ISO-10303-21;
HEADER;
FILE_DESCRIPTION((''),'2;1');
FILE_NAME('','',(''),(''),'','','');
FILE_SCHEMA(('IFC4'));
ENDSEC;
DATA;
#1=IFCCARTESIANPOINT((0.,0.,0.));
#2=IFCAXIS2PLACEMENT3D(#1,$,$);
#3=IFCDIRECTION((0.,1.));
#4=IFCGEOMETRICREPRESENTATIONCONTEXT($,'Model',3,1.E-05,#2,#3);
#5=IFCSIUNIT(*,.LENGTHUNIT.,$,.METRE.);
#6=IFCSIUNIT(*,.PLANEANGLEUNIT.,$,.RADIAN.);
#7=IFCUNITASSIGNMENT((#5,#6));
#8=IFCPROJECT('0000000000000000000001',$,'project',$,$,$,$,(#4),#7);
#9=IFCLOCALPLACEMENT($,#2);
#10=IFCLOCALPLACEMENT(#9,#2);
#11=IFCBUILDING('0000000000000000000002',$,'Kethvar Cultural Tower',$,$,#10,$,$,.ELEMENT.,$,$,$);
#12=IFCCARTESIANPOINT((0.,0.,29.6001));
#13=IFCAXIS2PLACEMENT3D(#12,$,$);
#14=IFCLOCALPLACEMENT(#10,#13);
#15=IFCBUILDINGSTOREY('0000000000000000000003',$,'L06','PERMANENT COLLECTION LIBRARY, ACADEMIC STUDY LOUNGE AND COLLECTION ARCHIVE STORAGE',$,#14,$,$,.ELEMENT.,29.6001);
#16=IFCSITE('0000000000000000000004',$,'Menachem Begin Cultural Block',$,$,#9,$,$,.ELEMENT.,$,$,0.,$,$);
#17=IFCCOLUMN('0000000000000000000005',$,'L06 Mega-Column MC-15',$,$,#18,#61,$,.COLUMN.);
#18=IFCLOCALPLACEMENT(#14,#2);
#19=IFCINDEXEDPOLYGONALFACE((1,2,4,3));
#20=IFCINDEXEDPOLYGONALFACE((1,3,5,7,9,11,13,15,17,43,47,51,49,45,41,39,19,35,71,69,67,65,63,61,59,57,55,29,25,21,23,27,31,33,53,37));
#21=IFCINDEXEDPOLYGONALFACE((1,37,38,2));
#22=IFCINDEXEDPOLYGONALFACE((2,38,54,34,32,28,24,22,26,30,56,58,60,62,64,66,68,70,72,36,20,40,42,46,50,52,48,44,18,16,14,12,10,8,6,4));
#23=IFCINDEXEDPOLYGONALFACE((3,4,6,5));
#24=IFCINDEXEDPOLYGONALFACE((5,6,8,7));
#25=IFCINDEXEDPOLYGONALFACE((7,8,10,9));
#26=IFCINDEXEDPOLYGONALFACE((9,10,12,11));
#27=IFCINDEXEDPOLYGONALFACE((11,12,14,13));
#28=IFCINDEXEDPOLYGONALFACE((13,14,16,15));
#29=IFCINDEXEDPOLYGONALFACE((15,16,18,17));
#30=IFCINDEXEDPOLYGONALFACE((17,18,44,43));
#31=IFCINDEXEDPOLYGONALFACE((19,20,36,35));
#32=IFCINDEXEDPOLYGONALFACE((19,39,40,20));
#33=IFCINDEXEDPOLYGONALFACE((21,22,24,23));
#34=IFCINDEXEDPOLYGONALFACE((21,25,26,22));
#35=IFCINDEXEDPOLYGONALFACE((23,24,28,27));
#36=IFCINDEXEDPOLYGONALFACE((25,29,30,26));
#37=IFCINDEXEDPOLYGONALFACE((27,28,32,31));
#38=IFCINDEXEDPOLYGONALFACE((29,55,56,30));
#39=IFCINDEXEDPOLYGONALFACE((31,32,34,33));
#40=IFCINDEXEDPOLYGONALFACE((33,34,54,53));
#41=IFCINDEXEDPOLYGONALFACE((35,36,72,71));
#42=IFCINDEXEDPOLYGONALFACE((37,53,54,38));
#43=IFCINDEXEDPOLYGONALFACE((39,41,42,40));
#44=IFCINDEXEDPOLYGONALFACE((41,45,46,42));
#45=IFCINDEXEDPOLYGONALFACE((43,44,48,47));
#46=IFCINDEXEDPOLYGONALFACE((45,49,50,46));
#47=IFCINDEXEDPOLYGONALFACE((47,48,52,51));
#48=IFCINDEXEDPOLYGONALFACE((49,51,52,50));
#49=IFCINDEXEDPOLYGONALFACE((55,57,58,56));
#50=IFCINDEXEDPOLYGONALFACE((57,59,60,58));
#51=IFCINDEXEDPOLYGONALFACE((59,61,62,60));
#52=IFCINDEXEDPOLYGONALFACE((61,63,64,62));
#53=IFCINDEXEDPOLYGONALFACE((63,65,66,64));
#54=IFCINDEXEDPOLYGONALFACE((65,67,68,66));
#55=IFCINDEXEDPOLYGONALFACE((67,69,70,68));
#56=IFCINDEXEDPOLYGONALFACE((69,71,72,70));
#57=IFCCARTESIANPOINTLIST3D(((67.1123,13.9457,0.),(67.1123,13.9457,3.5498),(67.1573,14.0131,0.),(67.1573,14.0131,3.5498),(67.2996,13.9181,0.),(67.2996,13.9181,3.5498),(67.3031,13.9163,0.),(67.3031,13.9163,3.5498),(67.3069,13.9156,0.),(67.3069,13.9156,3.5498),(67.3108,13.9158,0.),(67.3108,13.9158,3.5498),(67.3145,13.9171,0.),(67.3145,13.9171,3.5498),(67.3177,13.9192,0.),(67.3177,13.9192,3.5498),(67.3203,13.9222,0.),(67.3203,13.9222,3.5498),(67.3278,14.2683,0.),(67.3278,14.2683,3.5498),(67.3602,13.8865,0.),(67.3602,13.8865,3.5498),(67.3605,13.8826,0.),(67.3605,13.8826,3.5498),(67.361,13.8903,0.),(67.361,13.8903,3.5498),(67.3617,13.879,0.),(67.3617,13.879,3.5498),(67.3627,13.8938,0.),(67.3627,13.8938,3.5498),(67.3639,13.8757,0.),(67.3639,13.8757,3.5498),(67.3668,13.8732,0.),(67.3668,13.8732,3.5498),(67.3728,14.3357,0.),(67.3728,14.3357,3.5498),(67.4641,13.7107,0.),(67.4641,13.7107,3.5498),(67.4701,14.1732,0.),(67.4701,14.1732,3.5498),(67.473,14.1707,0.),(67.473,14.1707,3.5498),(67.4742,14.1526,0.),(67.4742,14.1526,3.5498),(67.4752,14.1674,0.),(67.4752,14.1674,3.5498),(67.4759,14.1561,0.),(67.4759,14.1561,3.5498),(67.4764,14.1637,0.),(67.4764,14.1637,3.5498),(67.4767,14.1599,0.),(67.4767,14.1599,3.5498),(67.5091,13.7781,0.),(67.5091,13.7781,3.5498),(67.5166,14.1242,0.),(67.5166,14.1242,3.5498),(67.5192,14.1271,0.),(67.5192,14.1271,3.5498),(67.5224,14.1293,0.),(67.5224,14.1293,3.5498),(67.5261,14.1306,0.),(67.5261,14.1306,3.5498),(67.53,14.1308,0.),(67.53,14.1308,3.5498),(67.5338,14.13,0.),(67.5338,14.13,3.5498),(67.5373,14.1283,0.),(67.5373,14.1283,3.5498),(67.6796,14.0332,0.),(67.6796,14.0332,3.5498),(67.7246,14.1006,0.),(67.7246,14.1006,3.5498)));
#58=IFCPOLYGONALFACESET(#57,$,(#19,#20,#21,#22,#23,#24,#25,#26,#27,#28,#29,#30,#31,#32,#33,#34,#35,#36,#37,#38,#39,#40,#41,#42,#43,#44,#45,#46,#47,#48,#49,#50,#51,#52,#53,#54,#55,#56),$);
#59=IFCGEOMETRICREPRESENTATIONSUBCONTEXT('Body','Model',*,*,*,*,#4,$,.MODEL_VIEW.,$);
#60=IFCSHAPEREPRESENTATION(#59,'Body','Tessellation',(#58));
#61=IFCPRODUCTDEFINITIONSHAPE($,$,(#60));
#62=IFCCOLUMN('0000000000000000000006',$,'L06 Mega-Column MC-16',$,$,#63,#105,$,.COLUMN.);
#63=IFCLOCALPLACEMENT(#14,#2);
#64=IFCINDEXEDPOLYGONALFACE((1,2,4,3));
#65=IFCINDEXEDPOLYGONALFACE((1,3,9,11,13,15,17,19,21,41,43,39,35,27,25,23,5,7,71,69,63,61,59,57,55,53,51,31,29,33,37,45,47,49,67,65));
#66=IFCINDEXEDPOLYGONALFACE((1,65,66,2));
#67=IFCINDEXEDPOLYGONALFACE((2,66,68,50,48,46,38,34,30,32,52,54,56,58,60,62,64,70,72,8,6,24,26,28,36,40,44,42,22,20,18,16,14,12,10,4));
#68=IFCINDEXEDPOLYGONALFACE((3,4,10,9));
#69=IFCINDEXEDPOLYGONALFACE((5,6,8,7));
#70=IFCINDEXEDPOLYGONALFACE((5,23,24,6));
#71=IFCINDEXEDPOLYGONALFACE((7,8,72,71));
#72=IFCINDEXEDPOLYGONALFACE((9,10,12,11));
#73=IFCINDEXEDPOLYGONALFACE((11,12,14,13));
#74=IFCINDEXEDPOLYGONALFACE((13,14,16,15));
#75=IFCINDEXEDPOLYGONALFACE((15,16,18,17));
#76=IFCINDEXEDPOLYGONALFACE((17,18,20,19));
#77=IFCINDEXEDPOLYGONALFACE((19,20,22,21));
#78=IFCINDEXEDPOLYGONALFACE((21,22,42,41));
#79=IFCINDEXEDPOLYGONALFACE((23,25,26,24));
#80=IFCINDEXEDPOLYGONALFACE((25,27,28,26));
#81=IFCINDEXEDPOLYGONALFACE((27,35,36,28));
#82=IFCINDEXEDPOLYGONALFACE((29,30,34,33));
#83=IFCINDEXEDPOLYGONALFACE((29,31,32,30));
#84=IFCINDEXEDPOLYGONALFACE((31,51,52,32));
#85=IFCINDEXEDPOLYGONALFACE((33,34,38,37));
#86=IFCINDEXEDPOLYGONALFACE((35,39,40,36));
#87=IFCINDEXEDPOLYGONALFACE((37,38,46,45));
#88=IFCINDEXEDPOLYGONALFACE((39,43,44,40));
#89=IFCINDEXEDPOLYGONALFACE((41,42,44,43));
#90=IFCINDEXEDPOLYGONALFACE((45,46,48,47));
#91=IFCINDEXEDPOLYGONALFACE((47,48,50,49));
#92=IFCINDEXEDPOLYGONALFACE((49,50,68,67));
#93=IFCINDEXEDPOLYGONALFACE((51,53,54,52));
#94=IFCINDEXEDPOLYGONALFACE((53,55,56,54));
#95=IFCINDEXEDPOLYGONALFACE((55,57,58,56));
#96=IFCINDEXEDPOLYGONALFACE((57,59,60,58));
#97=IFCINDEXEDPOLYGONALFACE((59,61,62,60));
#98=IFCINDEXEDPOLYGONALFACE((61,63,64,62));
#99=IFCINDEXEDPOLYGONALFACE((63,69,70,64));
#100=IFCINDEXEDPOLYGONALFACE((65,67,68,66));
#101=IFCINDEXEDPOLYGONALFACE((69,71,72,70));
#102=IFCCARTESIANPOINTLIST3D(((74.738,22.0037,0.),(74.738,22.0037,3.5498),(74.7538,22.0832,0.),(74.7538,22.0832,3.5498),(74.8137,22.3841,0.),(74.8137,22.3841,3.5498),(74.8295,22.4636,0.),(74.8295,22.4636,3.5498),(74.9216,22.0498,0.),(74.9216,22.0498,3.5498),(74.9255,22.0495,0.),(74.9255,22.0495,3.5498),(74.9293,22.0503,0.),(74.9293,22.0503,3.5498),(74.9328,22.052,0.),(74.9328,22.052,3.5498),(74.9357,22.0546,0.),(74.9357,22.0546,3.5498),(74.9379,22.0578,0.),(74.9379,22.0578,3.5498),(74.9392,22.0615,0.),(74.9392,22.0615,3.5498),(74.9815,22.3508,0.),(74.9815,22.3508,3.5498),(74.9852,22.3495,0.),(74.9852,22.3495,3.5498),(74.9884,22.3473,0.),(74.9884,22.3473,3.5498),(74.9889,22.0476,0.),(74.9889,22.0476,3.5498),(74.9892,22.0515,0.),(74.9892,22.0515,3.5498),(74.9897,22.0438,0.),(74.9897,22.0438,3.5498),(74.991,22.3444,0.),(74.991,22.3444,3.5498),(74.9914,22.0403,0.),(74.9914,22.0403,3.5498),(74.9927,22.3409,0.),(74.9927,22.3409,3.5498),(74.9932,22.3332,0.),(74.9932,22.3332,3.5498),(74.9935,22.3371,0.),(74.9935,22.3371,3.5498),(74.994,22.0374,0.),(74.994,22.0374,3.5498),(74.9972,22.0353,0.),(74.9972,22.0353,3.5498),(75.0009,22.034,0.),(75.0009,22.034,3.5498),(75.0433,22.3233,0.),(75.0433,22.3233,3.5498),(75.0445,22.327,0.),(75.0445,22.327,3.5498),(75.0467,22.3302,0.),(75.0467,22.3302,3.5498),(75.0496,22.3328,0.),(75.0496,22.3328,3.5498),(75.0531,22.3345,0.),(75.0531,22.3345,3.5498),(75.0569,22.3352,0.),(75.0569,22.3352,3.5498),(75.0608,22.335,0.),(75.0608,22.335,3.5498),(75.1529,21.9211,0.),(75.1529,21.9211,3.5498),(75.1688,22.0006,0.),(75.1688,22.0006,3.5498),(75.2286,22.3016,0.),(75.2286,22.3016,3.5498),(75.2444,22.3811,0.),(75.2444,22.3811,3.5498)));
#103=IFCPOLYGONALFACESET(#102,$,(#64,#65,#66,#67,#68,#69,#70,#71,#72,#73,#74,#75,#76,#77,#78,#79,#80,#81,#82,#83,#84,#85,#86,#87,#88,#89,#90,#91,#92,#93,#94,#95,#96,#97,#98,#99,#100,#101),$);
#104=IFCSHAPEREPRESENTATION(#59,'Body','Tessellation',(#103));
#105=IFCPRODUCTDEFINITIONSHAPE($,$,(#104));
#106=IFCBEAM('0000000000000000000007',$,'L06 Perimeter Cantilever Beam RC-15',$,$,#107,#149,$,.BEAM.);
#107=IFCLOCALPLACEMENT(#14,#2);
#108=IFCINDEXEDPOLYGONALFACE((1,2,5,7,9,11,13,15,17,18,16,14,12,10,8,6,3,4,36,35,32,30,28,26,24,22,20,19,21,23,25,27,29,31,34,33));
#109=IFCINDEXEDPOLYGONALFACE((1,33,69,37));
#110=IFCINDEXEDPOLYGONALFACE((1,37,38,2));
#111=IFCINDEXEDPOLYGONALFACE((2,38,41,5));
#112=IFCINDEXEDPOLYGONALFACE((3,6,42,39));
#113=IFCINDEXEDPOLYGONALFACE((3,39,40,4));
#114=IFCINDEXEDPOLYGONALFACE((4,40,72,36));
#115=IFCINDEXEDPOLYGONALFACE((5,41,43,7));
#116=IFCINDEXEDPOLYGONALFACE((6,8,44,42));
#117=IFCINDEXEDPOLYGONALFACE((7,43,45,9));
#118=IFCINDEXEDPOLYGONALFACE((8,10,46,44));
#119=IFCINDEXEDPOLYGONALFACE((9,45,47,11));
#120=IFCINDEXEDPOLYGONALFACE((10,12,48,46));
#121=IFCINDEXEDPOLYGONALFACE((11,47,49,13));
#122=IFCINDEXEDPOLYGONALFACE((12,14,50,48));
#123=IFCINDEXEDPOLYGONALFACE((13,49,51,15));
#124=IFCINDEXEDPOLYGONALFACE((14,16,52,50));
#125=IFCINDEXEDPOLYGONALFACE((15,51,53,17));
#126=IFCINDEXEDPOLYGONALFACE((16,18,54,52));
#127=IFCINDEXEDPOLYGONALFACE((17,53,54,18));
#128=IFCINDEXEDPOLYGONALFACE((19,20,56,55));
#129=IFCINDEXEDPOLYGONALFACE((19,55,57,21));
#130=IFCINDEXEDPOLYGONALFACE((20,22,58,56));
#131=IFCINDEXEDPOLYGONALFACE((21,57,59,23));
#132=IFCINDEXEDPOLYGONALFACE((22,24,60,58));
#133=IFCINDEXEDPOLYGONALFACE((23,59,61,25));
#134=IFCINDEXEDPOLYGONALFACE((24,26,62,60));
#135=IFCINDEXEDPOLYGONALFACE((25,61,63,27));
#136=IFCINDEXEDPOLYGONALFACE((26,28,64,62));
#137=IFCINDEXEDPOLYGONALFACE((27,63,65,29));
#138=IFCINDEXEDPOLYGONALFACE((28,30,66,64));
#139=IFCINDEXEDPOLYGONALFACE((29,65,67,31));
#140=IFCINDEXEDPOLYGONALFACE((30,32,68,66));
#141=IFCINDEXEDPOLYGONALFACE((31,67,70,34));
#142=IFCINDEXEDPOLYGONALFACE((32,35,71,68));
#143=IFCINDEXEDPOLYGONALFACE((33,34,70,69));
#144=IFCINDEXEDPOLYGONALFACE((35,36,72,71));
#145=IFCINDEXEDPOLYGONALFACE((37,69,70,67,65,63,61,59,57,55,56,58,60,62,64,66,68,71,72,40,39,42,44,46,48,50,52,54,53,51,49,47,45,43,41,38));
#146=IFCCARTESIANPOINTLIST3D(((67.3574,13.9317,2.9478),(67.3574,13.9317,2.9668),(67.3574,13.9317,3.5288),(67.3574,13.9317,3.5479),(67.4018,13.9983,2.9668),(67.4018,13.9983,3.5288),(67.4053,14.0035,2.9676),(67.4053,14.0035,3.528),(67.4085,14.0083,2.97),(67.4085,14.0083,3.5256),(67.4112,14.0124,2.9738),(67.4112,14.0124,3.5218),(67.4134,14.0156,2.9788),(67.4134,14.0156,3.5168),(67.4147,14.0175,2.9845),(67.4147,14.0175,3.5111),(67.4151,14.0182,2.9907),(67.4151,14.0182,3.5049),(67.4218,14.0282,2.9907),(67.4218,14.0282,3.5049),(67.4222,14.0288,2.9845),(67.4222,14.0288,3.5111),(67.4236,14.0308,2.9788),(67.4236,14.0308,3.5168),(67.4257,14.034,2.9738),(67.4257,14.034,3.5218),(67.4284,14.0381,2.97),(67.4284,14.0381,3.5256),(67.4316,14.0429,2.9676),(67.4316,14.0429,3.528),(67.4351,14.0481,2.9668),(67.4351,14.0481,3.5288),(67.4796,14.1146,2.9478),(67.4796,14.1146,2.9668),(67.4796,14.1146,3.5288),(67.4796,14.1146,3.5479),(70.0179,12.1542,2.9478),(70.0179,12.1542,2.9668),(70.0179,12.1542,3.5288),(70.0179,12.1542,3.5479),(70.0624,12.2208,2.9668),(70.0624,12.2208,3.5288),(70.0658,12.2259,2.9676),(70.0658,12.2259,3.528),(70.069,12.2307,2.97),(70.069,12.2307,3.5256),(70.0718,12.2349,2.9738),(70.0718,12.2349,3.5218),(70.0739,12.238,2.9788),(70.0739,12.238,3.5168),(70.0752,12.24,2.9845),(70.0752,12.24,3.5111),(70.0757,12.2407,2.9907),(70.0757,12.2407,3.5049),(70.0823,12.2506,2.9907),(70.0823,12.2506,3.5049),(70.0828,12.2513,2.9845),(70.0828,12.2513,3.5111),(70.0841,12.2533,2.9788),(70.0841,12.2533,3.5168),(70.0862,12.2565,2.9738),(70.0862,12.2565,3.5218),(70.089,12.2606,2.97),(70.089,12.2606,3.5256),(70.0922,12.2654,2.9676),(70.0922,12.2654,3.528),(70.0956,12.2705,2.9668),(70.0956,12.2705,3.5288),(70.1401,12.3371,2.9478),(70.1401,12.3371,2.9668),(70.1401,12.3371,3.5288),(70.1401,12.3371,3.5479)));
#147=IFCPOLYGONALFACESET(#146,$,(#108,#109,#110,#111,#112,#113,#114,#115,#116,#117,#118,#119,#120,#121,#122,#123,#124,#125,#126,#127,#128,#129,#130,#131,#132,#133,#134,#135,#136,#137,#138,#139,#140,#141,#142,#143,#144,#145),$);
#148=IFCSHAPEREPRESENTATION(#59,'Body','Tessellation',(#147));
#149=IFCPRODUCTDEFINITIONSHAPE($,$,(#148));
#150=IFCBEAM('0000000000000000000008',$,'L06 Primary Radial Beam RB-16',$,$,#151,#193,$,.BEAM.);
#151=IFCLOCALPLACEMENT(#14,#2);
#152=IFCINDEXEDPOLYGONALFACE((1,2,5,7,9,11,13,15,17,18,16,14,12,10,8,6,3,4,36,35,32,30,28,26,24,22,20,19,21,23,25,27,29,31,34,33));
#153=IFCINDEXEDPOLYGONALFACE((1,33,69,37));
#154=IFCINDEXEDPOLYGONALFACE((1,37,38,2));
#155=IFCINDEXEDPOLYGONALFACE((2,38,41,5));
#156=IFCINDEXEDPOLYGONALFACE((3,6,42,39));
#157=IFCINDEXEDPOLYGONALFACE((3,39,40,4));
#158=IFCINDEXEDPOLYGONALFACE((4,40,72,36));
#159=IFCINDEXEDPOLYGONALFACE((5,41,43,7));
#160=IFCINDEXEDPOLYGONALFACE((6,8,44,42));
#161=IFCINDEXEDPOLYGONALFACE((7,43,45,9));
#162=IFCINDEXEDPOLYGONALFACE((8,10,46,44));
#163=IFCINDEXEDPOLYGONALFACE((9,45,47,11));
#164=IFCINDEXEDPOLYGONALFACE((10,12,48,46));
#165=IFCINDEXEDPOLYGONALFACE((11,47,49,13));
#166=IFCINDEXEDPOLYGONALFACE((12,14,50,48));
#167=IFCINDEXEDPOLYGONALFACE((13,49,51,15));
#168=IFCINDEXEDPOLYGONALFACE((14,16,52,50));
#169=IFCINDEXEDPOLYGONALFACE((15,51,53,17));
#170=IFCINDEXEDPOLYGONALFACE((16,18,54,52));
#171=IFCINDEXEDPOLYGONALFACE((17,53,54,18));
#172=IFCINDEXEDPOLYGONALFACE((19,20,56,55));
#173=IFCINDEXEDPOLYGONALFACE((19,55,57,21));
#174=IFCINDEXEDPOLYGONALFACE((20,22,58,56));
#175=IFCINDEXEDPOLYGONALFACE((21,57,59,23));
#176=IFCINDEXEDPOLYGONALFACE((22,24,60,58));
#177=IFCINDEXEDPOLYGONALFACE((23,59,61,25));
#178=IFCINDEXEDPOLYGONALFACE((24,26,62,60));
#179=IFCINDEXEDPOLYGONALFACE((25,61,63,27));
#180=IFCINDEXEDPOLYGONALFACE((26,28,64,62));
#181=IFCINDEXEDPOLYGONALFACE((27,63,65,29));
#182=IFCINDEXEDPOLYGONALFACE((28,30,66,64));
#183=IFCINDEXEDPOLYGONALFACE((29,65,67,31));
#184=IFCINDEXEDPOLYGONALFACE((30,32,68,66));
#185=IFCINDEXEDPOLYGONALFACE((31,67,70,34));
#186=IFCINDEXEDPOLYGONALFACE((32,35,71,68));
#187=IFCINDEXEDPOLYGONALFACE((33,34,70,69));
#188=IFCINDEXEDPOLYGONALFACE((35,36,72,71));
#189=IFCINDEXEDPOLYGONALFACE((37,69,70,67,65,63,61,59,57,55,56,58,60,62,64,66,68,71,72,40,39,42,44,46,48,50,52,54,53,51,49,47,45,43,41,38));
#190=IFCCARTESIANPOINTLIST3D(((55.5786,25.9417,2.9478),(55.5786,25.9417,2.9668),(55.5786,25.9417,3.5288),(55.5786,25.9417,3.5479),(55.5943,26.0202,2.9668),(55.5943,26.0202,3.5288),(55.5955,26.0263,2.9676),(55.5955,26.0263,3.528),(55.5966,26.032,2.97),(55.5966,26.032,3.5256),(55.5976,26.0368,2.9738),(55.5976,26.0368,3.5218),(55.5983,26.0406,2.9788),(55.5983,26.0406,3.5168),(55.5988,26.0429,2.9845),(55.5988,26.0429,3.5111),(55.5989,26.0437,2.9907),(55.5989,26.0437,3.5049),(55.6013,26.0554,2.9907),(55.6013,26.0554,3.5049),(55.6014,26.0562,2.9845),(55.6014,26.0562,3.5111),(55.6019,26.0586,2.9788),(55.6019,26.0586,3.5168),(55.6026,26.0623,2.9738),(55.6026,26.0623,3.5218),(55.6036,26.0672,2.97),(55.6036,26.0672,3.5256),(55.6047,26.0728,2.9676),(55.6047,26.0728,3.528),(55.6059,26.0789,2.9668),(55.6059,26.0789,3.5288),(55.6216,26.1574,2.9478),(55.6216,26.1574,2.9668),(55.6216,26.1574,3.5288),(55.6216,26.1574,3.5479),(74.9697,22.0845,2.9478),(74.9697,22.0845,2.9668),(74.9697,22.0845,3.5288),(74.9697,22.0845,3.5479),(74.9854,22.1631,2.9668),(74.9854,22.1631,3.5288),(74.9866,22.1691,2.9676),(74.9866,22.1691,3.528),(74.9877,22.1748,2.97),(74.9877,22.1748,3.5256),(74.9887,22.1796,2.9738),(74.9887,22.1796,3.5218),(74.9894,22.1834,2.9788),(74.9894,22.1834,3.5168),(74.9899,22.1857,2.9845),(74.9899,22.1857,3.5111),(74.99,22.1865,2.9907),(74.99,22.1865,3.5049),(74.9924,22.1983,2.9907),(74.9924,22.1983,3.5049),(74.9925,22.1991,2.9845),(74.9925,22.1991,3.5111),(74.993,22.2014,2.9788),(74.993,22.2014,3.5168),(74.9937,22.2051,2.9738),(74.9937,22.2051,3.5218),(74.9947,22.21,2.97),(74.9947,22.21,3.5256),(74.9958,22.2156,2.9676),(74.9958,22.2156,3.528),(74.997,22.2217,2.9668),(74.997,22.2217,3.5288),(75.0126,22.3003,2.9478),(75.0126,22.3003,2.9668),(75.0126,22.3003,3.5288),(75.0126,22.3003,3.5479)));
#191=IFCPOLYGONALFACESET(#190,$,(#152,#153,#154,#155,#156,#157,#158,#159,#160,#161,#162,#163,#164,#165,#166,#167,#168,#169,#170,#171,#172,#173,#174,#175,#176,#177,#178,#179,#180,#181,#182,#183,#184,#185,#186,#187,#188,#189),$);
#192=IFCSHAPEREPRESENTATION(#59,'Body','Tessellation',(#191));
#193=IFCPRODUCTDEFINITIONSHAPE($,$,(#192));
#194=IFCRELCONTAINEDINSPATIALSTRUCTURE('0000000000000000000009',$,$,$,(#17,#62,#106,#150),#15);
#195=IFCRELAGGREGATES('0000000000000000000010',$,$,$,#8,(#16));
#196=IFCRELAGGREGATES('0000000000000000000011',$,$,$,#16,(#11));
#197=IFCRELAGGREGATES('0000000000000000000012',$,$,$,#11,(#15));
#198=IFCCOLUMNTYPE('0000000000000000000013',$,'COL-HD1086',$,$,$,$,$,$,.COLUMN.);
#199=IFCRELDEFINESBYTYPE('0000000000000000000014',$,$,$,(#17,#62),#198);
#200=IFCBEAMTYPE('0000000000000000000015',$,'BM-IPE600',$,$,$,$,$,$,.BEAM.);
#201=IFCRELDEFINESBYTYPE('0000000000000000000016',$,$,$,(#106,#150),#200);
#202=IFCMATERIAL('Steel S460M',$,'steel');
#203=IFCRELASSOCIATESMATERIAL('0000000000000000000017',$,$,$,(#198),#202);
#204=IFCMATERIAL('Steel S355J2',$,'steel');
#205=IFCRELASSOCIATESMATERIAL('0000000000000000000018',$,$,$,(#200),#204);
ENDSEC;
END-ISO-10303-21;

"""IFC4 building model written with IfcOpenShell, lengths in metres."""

from ifc_helpers import new_model, si_unit, direction, frame, origin, origin_2d, place, context, subcontext, project, spatial, i_section, extrude, source, transform, mapped, material, material_profile, profile_set, type_object, element, save


model = new_model("IFC4")

# Units and contexts
model_context = context("Model", 3, precision=1e-05, world=origin(), true_north=direction((0.0, 1.0)))
body_context = subcontext(model_context, "Body", "Model", "MODEL_VIEW")
ifc_project = project(units=[si_unit("LENGTHUNIT", "METRE"), si_unit("PLANEANGLEUNIT", "RADIAN")], contexts=[model_context])

# Site, building, storey
site_placement = place(None, origin())
site = spatial("IfcSite", under=ifc_project, at=site_placement, Name="Menachem Begin Cultural Block", CompositionType="ELEMENT", RefElevation=0.0)
building_placement = place(site_placement, origin())
building = spatial("IfcBuilding", under=site, at=building_placement, Name="Kethvar Cultural Tower", CompositionType="ELEMENT")
storey_placement = place(building_placement, frame((0.0, 0.0, 29.6001)))
storey = spatial("IfcBuildingStorey", under=building, at=storey_placement, Name="L06", Description="PERMANENT COLLECTION LIBRARY, ACADEMIC STUDY LOUNGE AND COLLECTION ARCHIVE STORAGE", CompositionType="ELEMENT", Elevation=29.6001)

# Columns
ifc_material_1 = material(Name="Steel S460M", Category="steel")
ifc_material_profile_1 = material_profile(ifc_material_1, i_section(OverallWidth=0.4231, OverallDepth=0.469, WebThickness=0.051, FlangeThickness=0.0811, FilletRadius=0.0149, at=origin_2d()), Name="Steel S460M — HD400x1086")
ifc_profile_set_1 = profile_set([ifc_material_profile_1], Name="Steel S460M — HD400x1086")
column_type = type_object("IfcColumnType", Name="COL-HD1086", PredefinedType="COLUMN", material=ifc_profile_set_1)
shared_shape_1 = source(origin(), body_context, "Body", "SweptSolid", [
    extrude(i_section(OverallWidth=0.4231, OverallDepth=0.469, WebThickness=0.051, FlangeThickness=0.0811, FilletRadius=0.0149, at=origin_2d()), origin(), (0.0, 0.0, 1.0), 3.5498),
])
for number, where, z_axis, x_axis, name in (
    (1, (67.4185, 14.0232, 0.0), (0.0, 0.0, 1.0), (0.83147, -0.55557, 0.0), "L06 Mega-Column MC-15"),
    (2, (74.9912, 22.1924, 0.0), (0.0, 0.0, 1.0), (0.980785, -0.19509, 0.0), "L06 Mega-Column MC-16"),
):
    element("IfcColumn", number, at=place(storey_placement, frame(where, z_axis=z_axis, x_axis=x_axis)), inside=storey, type_object=column_type, Name=name, PredefinedType="COLUMN", context=body_context, shape_type="MappedRepresentation", body=[
        mapped(shared_shape_1, transform((0.0, 0.0, 0.0), scale=1.0)),
    ])

# Beams
ifc_material_2 = material(Name="Steel S355J2", Category="steel")
ifc_material_profile_2 = material_profile(ifc_material_2, i_section(OverallWidth=0.22, OverallDepth=0.6001, WebThickness=0.012, FlangeThickness=0.019, FilletRadius=0.0239, at=origin_2d()), Name="Steel S355J2 — IPE600")
ifc_profile_set_2 = profile_set([ifc_material_profile_2], Name="Steel S355J2 — IPE600")
beam_type_1 = type_object("IfcBeamType", Name="BM-IPE600", PredefinedType="BEAM", material=ifc_profile_set_2)
shared_shape_2 = source(origin(), body_context, "Body", "SweptSolid", [
    extrude(i_section(OverallWidth=0.22, OverallDepth=0.6001, WebThickness=0.012, FlangeThickness=0.019, FilletRadius=0.0239, at=origin_2d()), origin(), (0.0, 0.0, 1.0), 3.1997),
])
beam_1_placement = place(storey_placement, frame((67.4185, 14.0232, 3.2478), z_axis=(0.831498, -0.555527, 0.0), x_axis=(0.555527, 0.831498, 0.0)))
element("IfcBeam", 3, at=beam_1_placement, inside=storey, type_object=beam_type_1, Name="L06 Perimeter Cantilever Beam RC-15", PredefinedType="BEAM", context=body_context, shape_type="MappedRepresentation", body=[
    mapped(shared_shape_2, transform((0.0, 0.0, 0.0), scale=1.0)),
])
shared_shape_3 = source(origin(), body_context, "Body", "SweptSolid", [
    extrude(i_section(OverallWidth=0.22, OverallDepth=0.6001, WebThickness=0.012, FlangeThickness=0.019, FilletRadius=0.0239, at=origin_2d()), origin(), (0.0, 0.0, 1.0), 19.771),
])
beam_2_placement = place(storey_placement, frame((55.6001, 26.0496, 3.2478), z_axis=(0.980785, -0.195093, 0.0), x_axis=(0.195093, 0.980785, 0.0)))
element("IfcBeam", 4, at=beam_2_placement, inside=storey, type_object=beam_type_1, Name="L06 Primary Radial Beam RB-16", PredefinedType="BEAM", context=body_context, shape_type="MappedRepresentation", body=[
    mapped(shared_shape_3, transform((0.0, 0.0, 0.0), scale=1.0)),
])

save(model, "model.ifc")
